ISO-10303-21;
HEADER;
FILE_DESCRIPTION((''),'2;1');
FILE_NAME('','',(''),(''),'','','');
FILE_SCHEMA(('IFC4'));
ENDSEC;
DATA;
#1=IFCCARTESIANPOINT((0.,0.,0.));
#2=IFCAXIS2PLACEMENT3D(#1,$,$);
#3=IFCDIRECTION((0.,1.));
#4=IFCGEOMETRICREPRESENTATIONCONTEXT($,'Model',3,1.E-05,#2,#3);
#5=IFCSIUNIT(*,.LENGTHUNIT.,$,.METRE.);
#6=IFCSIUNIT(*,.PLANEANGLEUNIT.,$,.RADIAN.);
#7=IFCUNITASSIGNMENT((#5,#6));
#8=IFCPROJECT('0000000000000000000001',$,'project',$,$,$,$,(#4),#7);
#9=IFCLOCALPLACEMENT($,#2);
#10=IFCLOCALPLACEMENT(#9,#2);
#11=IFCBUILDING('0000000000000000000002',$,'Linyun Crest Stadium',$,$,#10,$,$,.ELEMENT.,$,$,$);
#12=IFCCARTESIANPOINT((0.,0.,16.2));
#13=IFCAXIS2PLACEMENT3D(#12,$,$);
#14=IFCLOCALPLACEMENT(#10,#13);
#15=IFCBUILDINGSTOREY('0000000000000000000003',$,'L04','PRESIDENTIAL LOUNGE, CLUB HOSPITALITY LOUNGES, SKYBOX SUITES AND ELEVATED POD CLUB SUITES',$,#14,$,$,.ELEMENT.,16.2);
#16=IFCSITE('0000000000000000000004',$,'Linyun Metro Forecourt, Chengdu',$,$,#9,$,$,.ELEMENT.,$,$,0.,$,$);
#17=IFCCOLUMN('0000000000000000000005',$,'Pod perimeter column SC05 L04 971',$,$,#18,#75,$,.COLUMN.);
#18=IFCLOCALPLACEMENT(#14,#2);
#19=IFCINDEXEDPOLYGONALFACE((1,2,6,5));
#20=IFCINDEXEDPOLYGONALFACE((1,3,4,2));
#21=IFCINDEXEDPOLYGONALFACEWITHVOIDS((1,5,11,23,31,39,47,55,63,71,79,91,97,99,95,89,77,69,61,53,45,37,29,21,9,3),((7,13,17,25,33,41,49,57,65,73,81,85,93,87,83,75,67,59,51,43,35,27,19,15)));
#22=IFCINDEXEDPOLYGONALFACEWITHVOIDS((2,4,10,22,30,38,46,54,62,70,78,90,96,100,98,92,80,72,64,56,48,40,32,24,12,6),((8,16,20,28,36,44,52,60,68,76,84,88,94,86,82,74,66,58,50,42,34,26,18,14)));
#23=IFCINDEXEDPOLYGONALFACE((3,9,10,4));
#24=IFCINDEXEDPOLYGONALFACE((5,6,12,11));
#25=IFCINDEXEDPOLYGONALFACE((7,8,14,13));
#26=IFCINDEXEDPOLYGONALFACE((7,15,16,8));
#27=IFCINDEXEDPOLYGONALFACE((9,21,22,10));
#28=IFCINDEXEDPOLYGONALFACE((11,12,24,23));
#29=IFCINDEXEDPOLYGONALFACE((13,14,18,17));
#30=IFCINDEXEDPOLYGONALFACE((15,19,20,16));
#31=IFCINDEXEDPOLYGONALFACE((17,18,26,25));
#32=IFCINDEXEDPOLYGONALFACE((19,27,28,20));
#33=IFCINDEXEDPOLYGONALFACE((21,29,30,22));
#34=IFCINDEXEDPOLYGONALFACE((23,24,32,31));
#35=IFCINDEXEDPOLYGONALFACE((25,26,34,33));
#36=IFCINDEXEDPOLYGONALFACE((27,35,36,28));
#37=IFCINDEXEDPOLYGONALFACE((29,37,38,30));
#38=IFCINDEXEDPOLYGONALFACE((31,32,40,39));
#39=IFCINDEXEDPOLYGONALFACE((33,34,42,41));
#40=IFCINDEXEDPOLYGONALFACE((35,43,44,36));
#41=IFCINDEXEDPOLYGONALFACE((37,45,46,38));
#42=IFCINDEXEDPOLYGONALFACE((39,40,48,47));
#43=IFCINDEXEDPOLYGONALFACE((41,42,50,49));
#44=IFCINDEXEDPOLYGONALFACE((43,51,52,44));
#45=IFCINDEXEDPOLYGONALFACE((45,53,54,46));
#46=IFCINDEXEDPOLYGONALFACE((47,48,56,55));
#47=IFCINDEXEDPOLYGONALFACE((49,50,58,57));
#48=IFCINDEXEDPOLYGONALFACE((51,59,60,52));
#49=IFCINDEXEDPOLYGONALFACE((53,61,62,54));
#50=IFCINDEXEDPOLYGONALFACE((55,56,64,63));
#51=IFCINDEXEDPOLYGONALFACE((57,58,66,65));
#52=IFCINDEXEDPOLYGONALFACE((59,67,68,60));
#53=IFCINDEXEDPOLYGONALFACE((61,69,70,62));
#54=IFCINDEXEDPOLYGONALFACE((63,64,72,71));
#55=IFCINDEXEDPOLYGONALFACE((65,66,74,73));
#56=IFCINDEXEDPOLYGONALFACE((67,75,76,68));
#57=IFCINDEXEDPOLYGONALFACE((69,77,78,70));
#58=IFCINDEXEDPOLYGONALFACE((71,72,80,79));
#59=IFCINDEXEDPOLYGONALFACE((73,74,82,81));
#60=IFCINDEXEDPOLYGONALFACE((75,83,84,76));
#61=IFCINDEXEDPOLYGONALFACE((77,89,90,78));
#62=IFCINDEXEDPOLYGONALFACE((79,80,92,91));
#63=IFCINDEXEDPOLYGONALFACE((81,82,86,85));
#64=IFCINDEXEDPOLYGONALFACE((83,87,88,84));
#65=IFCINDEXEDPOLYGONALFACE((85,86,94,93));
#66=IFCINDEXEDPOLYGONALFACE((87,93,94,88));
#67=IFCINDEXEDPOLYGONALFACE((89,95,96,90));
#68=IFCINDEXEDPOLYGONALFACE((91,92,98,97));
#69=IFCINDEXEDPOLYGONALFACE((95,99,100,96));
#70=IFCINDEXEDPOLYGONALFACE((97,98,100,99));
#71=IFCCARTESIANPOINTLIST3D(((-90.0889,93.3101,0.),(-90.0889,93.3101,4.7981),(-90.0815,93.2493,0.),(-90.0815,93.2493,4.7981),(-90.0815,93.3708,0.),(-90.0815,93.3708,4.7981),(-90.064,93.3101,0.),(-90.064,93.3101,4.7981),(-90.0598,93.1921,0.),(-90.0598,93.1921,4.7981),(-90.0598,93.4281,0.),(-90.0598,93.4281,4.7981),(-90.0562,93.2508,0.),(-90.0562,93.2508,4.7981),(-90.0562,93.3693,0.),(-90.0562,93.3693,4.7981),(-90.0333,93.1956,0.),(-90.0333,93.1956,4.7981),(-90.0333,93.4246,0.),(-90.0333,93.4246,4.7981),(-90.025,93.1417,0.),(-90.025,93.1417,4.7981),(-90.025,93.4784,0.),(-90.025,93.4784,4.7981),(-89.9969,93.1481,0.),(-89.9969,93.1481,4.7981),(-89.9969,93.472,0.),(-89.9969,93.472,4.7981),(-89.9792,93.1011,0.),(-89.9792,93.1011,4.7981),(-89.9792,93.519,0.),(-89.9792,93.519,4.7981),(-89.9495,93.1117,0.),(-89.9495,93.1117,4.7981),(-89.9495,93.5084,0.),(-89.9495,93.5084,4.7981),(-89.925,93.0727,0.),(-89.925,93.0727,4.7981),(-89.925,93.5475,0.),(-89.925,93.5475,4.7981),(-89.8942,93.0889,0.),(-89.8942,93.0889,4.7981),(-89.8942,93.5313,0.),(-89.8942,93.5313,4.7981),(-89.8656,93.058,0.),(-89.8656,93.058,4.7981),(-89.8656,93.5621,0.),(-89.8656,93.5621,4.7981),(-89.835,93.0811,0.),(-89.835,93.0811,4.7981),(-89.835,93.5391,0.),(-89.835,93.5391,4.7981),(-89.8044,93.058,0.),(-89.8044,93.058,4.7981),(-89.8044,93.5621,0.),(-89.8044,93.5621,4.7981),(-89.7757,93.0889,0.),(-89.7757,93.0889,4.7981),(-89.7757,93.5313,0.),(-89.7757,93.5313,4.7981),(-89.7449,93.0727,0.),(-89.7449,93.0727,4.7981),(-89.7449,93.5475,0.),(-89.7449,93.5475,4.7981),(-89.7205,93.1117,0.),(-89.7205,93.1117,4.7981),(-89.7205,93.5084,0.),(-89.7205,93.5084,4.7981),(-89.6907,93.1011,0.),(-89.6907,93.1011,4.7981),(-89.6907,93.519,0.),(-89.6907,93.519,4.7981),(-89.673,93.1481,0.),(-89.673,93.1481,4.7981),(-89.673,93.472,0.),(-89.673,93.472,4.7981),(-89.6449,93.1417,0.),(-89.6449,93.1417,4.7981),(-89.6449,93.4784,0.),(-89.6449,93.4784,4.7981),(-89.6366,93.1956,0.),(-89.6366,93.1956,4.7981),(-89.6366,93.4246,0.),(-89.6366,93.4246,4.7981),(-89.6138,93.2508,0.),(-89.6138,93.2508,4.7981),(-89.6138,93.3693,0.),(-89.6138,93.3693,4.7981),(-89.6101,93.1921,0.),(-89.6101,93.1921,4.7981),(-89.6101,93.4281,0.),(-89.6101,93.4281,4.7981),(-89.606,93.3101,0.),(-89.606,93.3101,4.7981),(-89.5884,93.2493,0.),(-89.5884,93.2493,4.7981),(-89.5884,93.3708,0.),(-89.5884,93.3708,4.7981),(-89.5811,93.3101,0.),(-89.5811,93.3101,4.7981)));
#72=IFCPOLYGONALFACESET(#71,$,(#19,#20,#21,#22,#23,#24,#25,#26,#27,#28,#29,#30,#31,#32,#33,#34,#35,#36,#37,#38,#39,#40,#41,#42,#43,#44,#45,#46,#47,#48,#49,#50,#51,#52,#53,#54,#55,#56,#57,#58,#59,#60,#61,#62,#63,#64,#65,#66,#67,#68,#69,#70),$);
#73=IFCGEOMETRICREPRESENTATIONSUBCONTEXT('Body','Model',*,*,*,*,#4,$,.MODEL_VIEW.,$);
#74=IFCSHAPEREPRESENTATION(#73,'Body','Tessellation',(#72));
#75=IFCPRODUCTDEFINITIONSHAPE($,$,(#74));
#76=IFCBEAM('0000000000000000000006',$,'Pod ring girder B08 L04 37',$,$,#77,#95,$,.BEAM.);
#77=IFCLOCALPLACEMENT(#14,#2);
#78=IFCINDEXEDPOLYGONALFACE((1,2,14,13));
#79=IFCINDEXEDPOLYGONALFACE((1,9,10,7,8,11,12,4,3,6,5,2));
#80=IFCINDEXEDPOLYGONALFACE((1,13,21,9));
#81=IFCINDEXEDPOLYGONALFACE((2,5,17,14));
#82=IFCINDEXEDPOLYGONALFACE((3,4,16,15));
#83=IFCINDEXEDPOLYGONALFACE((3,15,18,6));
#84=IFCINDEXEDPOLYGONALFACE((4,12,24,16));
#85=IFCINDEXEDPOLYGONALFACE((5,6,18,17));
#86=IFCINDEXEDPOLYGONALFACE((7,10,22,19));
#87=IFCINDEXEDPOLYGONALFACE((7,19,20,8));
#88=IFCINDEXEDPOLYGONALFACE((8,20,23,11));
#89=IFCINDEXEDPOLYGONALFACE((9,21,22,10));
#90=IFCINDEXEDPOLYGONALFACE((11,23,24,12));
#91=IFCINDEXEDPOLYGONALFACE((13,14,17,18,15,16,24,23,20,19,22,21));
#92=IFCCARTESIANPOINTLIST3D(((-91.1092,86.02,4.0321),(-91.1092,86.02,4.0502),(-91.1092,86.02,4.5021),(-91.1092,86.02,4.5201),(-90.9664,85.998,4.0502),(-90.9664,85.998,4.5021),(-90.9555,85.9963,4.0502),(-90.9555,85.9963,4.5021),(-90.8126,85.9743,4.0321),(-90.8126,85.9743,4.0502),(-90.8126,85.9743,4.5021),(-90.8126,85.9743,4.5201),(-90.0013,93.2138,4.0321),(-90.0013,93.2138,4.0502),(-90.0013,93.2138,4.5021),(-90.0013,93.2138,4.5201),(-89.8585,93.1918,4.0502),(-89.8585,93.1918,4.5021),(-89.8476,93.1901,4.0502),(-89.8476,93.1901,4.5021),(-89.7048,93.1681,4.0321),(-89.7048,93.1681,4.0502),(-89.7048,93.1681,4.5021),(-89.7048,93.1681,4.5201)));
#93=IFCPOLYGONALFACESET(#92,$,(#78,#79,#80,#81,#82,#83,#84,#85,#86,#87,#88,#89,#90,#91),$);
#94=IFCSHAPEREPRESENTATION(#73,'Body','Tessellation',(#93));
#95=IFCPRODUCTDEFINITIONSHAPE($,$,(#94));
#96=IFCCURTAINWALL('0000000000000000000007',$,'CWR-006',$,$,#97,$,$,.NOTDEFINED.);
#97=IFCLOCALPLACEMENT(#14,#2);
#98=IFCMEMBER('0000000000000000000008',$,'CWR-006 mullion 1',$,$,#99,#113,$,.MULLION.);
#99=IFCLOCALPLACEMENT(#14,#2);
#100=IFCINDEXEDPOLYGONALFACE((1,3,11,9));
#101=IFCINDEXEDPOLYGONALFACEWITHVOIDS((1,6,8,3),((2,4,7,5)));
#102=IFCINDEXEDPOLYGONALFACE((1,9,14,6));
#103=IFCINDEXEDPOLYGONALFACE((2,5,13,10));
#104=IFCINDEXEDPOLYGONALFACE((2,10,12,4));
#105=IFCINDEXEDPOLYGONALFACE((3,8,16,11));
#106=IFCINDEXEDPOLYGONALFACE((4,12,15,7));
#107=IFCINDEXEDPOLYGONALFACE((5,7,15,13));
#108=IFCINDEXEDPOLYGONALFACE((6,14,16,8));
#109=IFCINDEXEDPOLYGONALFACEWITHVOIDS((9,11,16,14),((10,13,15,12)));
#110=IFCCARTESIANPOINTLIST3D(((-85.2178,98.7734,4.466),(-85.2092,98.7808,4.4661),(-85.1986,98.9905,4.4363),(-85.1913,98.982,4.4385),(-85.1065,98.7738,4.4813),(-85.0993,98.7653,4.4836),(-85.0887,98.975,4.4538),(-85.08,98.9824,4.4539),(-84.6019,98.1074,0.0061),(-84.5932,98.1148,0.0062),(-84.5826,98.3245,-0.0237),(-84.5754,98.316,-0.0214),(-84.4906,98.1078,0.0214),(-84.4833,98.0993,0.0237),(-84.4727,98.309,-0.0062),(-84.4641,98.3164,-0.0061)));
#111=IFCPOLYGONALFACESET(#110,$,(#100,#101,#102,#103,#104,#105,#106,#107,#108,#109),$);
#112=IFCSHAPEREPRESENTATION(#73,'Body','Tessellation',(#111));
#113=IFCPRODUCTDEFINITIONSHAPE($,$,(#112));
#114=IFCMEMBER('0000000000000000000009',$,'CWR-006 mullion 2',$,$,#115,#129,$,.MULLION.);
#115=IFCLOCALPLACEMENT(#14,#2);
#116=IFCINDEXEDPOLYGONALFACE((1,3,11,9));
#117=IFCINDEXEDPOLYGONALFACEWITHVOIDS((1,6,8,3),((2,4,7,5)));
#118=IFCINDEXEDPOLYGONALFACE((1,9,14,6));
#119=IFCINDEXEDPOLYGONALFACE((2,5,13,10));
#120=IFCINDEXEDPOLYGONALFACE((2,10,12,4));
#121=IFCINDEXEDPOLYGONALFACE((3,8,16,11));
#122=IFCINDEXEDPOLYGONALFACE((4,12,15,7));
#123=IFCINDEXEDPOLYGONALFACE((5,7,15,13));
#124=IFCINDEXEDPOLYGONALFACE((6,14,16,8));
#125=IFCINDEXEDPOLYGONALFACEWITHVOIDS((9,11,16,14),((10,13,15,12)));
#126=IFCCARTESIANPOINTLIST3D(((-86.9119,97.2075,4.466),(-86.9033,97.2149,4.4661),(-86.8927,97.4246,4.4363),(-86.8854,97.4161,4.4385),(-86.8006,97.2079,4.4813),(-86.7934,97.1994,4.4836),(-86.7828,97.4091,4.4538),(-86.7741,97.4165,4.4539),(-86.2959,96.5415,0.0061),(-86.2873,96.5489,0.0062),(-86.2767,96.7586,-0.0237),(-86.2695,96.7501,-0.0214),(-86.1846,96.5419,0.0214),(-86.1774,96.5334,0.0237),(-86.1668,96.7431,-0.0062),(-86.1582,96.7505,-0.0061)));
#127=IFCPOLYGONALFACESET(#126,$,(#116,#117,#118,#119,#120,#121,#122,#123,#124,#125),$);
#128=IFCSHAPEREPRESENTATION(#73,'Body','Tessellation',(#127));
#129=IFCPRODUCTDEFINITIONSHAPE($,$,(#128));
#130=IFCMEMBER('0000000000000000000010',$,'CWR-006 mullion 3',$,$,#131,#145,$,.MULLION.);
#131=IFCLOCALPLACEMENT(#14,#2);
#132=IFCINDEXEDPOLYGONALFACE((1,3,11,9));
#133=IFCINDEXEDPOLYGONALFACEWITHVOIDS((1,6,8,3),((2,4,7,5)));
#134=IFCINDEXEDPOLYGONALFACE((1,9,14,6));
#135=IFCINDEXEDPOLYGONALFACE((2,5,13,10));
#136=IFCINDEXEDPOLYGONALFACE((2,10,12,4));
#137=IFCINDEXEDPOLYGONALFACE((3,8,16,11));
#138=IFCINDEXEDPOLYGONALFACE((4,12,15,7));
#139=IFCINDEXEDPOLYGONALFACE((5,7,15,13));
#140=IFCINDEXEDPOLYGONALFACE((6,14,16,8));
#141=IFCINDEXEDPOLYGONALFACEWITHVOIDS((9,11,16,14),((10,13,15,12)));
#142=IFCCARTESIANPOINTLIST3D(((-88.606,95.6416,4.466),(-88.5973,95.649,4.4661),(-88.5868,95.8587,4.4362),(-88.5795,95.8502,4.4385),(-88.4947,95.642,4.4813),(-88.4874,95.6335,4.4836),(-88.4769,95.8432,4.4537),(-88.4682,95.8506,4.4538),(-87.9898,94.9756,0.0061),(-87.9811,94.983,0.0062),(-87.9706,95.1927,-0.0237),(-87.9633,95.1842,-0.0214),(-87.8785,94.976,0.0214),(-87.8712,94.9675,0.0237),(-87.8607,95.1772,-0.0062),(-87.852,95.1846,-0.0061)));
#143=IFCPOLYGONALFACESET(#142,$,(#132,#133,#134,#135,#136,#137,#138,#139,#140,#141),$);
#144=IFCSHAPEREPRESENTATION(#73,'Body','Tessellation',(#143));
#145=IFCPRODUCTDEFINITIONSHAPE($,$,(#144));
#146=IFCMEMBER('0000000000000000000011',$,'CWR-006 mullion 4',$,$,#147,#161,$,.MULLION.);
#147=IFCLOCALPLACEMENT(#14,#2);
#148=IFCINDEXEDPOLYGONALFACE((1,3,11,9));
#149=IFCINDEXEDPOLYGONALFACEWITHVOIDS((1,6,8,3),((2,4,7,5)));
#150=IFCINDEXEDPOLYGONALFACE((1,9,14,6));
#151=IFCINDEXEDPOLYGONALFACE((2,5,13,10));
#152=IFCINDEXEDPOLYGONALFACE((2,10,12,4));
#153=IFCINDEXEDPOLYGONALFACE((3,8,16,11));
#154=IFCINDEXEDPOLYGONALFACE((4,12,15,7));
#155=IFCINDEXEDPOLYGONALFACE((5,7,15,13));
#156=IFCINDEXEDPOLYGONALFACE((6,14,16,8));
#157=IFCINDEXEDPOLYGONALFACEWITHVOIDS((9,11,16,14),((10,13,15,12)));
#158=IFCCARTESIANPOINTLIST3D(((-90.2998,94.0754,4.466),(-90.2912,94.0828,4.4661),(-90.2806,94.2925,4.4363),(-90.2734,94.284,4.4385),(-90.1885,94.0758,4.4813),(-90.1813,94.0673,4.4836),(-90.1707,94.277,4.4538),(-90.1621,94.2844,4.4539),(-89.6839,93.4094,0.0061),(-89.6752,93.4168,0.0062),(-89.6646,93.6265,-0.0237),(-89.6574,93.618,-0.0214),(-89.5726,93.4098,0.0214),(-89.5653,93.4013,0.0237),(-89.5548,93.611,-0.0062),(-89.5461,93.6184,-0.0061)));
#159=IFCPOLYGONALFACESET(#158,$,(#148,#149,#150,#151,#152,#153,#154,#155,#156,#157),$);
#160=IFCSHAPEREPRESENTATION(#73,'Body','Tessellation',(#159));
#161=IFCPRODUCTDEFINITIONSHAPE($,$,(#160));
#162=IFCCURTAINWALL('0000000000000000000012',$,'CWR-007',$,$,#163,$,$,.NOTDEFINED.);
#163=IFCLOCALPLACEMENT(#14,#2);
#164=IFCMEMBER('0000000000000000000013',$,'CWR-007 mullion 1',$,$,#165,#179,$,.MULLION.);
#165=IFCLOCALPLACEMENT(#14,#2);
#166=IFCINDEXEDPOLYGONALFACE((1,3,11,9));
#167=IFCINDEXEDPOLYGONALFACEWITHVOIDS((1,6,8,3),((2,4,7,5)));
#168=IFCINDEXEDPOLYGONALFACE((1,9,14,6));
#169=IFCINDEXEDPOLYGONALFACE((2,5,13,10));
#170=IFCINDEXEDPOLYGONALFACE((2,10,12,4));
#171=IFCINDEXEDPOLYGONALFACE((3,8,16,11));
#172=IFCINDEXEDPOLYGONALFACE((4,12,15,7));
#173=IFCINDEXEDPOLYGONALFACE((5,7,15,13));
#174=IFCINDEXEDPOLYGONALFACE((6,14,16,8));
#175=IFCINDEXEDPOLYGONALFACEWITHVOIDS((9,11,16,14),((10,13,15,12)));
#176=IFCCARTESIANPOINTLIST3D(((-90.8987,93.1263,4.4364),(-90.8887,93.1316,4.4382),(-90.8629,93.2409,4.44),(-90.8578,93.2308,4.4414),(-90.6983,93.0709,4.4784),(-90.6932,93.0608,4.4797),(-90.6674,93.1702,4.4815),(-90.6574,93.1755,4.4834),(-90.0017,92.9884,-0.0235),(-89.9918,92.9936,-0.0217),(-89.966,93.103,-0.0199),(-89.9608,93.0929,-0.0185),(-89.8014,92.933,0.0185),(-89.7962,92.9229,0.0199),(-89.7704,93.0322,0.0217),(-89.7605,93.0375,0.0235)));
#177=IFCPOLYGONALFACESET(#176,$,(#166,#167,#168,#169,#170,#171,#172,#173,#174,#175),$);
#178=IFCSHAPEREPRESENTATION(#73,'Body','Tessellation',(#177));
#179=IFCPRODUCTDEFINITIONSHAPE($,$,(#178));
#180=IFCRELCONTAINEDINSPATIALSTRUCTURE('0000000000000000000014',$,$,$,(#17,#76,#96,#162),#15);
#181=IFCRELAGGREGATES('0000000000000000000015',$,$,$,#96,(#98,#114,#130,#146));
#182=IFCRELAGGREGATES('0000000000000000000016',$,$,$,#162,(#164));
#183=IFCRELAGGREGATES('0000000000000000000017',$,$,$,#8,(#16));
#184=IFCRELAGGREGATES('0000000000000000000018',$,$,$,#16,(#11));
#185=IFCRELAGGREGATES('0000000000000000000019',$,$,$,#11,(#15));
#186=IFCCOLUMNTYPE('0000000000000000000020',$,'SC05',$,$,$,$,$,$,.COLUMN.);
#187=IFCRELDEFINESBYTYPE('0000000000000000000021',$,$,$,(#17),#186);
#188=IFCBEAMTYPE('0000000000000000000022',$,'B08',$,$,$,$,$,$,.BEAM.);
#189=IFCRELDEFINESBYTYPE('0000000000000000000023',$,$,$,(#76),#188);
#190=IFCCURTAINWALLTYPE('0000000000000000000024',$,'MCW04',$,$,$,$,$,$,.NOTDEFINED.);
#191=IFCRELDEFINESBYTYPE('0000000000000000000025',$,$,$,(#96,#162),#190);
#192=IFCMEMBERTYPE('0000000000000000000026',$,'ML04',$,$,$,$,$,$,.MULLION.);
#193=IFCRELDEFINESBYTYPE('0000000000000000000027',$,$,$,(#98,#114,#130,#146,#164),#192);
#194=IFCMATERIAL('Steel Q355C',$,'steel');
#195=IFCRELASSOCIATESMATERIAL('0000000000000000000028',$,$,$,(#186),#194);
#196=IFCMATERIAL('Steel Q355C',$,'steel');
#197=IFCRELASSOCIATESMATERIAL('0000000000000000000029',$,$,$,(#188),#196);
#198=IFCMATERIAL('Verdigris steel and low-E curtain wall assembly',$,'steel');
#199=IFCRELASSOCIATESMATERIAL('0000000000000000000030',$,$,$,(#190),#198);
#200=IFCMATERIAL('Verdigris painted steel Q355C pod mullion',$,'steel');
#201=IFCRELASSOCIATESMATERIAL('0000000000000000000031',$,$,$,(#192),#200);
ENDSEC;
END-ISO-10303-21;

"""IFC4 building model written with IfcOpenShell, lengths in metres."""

from ifc_helpers import new_model, si_unit, direction, frame, origin, origin_2d, place, context, subcontext, project, spatial, hollow_rectangle, hollow_circle, i_section, extrude, material, material_profile, profile_set, type_object, element, aggregate, save


model = new_model("IFC4")

# Units and contexts
model_context = context("Model", 3, precision=1e-05, world=origin(), true_north=direction((0.0, 1.0)))
body_context = subcontext(model_context, "Body", "Model", "MODEL_VIEW")
ifc_project = project(units=[si_unit("LENGTHUNIT", "METRE"), si_unit("PLANEANGLEUNIT", "RADIAN")], contexts=[model_context])

# Site, building, storey
site_placement = place(None, origin())
site = spatial("IfcSite", under=ifc_project, at=site_placement, Name="Linyun Metro Forecourt, Chengdu", CompositionType="ELEMENT", RefElevation=0.0)
building_placement = place(site_placement, origin())
building = spatial("IfcBuilding", under=site, at=building_placement, Name="Linyun Crest Stadium", CompositionType="ELEMENT")
storey_placement = place(building_placement, frame((0.0, 0.0, 16.2)))
storey = spatial("IfcBuildingStorey", under=building, at=storey_placement, Name="L04", Description="PRESIDENTIAL LOUNGE, CLUB HOSPITALITY LOUNGES, SKYBOX SUITES AND ELEVATED POD CLUB SUITES", CompositionType="ELEMENT", Elevation=16.2)

# Column
ifc_material_1 = material(Name="Steel Q355C", Category="steel")
ifc_material_profile_1 = material_profile(ifc_material_1, hollow_circle(Radius=0.2539, WallThickness=0.0249, at=origin_2d()), Name="CHS 508x25")
ifc_profile_set_1 = profile_set([ifc_material_profile_1], Name="Steel Q355C")
column_type = type_object("IfcColumnType", Name="SC05", PredefinedType="COLUMN", material=ifc_profile_set_1)
column_placement = place(storey_placement, frame((-89.835, 93.3101, 0.0), z_axis=(0.0, 0.0, 1.0), x_axis=(1.0, 0.0, 0.0)))
element("IfcColumn", 1, at=column_placement, inside=storey, type_object=column_type, Name="Pod perimeter column SC05 L04 971", PredefinedType="COLUMN", context=body_context, shape_type="SweptSolid", body=[
    extrude(hollow_circle(Radius=0.2539, WallThickness=0.0249, at=origin_2d()), origin(), (0.0, 0.0, 1.0), 4.7981),
])

# Beam
ifc_material_2 = material(Name="Steel Q355C", Category="steel")
ifc_material_profile_2 = material_profile(ifc_material_2, i_section(OverallWidth=0.3, OverallDepth=0.488, WebThickness=0.011, FlangeThickness=0.0181, at=origin_2d()), Name="HM 488x300")
ifc_profile_set_2 = profile_set([ifc_material_profile_2], Name="Steel Q355C")
beam_type = type_object("IfcBeamType", Name="B08", PredefinedType="BEAM", material=ifc_profile_set_2)
beam_placement = place(storey_placement, frame((-89.853, 93.1909, 4.2761), z_axis=(-0.152213, -0.988348, 0.0), x_axis=(0.988348, -0.152213, 0.0)))
element("IfcBeam", 2, at=beam_placement, inside=storey, type_object=beam_type, Name="Pod ring girder B08 L04 37", PredefinedType="BEAM", context=body_context, shape_type="SweptSolid", body=[
    extrude(i_section(OverallWidth=0.3, OverallDepth=0.488, WebThickness=0.011, FlangeThickness=0.0181, at=origin_2d()), origin(), (0.0, 0.0, 1.0), 7.2786),
])

# Curtain wall, members
ifc_material_3 = material(Name="Verdigris steel and low-E curtain wall assembly", Category="steel")
curtain_wall_type = type_object("IfcCurtainWallType", Name="MCW04", PredefinedType="NOTDEFINED", material=ifc_material_3)
curtain_wall_1_placement = place(storey_placement, origin())
curtain_wall_1 = element("IfcCurtainWall", 3, at=curtain_wall_1_placement, inside=storey, type_object=curtain_wall_type, Name="CWR-006", PredefinedType="NOTDEFINED")
ifc_material_4 = material(Name="Verdigris painted steel Q355C pod mullion", Category="steel")
ifc_material_profile_3 = material_profile(ifc_material_4, hollow_rectangle(XDim=0.1201, YDim=0.22, WallThickness=0.0081, at=origin_2d()), Name="RHS 220x120x8")
ifc_profile_set_3 = profile_set([ifc_material_profile_3], Name="Verdigris painted steel Q355C pod mullion")
member_type_1 = type_object("IfcMemberType", Name="ML04", PredefinedType="MULLION", material=ifc_profile_set_3)
member_1_placement = place(storey_placement, frame((-84.533, 98.2119, 0.0), z_axis=(-0.135339, 0.146336, 0.979933), x_axis=(-0.986932, 0.067392, -0.146369)))
member_1 = element("IfcMember", 4, at=member_1_placement, type_object=member_type_1, Name="CWR-006 mullion 1", PredefinedType="MULLION", context=body_context, shape_type="SweptSolid", body=[
    extrude(hollow_rectangle(XDim=0.1201, YDim=0.22, WallThickness=0.0081, at=origin_2d()), origin(), (0.0, 0.0, 1.0), 4.5513),
])
member_2_placement = place(storey_placement, frame((-86.2271, 96.646, 0.0), z_axis=(-0.135339, 0.146336, 0.979933), x_axis=(-0.986932, 0.067392, -0.146369)))
member_2 = element("IfcMember", 5, at=member_2_placement, type_object=member_type_1, Name="CWR-006 mullion 2", PredefinedType="MULLION", context=body_context, shape_type="SweptSolid", body=[
    extrude(hollow_rectangle(XDim=0.1201, YDim=0.22, WallThickness=0.0081, at=origin_2d()), origin(), (0.0, 0.0, 1.0), 4.5513),
])
member_3_placement = place(storey_placement, frame((-87.9209, 95.0801, 0.0), z_axis=(-0.135392, 0.146334, 0.979926), x_axis=(-0.986942, 0.067193, -0.146395)))
member_3 = element("IfcMember", 6, at=member_3_placement, type_object=member_type_1, Name="CWR-006 mullion 3", PredefinedType="MULLION", context=body_context, shape_type="SweptSolid", body=[
    extrude(hollow_rectangle(XDim=0.1201, YDim=0.22, WallThickness=0.0081, at=origin_2d()), origin(), (0.0, 0.0, 1.0), 4.5513),
])
member_4_placement = place(storey_placement, frame((-89.615, 93.5139, 0.0), z_axis=(-0.135339, 0.146336, 0.979933), x_axis=(-0.986932, 0.067392, -0.146369)))
member_4 = element("IfcMember", 7, at=member_4_placement, type_object=member_type_1, Name="CWR-006 mullion 4", PredefinedType="MULLION", context=body_context, shape_type="SweptSolid", body=[
    extrude(hollow_rectangle(XDim=0.1201, YDim=0.22, WallThickness=0.0081, at=origin_2d()), origin(), (0.0, 0.0, 1.0), 4.5513),
])

# Curtain wall, member
curtain_wall_2_placement = place(storey_placement, origin())
curtain_wall_2 = element("IfcCurtainWall", 8, at=curtain_wall_2_placement, inside=storey, type_object=curtain_wall_type, Name="CWR-007", PredefinedType="NOTDEFINED")
member_5_placement = place(storey_placement, frame((-89.8811, 93.0129, 0.0), z_axis=(-0.197078, 0.030307, 0.979919), x_axis=(-0.297564, -0.95422, -0.030333)))
member_5 = element("IfcMember", 9, at=member_5_placement, type_object=member_type_1, Name="CWR-007 mullion 1", PredefinedType="MULLION", context=body_context, shape_type="SweptSolid", body=[
    extrude(hollow_rectangle(XDim=0.1201, YDim=0.22, WallThickness=0.0081, at=origin_2d()), origin(), (0.0, 0.0, 1.0), 4.5513),
])

aggregate(curtain_wall_1, [member_1, member_2, member_3, member_4])
aggregate(curtain_wall_2, [member_5])

save(model, "model.ifc")
